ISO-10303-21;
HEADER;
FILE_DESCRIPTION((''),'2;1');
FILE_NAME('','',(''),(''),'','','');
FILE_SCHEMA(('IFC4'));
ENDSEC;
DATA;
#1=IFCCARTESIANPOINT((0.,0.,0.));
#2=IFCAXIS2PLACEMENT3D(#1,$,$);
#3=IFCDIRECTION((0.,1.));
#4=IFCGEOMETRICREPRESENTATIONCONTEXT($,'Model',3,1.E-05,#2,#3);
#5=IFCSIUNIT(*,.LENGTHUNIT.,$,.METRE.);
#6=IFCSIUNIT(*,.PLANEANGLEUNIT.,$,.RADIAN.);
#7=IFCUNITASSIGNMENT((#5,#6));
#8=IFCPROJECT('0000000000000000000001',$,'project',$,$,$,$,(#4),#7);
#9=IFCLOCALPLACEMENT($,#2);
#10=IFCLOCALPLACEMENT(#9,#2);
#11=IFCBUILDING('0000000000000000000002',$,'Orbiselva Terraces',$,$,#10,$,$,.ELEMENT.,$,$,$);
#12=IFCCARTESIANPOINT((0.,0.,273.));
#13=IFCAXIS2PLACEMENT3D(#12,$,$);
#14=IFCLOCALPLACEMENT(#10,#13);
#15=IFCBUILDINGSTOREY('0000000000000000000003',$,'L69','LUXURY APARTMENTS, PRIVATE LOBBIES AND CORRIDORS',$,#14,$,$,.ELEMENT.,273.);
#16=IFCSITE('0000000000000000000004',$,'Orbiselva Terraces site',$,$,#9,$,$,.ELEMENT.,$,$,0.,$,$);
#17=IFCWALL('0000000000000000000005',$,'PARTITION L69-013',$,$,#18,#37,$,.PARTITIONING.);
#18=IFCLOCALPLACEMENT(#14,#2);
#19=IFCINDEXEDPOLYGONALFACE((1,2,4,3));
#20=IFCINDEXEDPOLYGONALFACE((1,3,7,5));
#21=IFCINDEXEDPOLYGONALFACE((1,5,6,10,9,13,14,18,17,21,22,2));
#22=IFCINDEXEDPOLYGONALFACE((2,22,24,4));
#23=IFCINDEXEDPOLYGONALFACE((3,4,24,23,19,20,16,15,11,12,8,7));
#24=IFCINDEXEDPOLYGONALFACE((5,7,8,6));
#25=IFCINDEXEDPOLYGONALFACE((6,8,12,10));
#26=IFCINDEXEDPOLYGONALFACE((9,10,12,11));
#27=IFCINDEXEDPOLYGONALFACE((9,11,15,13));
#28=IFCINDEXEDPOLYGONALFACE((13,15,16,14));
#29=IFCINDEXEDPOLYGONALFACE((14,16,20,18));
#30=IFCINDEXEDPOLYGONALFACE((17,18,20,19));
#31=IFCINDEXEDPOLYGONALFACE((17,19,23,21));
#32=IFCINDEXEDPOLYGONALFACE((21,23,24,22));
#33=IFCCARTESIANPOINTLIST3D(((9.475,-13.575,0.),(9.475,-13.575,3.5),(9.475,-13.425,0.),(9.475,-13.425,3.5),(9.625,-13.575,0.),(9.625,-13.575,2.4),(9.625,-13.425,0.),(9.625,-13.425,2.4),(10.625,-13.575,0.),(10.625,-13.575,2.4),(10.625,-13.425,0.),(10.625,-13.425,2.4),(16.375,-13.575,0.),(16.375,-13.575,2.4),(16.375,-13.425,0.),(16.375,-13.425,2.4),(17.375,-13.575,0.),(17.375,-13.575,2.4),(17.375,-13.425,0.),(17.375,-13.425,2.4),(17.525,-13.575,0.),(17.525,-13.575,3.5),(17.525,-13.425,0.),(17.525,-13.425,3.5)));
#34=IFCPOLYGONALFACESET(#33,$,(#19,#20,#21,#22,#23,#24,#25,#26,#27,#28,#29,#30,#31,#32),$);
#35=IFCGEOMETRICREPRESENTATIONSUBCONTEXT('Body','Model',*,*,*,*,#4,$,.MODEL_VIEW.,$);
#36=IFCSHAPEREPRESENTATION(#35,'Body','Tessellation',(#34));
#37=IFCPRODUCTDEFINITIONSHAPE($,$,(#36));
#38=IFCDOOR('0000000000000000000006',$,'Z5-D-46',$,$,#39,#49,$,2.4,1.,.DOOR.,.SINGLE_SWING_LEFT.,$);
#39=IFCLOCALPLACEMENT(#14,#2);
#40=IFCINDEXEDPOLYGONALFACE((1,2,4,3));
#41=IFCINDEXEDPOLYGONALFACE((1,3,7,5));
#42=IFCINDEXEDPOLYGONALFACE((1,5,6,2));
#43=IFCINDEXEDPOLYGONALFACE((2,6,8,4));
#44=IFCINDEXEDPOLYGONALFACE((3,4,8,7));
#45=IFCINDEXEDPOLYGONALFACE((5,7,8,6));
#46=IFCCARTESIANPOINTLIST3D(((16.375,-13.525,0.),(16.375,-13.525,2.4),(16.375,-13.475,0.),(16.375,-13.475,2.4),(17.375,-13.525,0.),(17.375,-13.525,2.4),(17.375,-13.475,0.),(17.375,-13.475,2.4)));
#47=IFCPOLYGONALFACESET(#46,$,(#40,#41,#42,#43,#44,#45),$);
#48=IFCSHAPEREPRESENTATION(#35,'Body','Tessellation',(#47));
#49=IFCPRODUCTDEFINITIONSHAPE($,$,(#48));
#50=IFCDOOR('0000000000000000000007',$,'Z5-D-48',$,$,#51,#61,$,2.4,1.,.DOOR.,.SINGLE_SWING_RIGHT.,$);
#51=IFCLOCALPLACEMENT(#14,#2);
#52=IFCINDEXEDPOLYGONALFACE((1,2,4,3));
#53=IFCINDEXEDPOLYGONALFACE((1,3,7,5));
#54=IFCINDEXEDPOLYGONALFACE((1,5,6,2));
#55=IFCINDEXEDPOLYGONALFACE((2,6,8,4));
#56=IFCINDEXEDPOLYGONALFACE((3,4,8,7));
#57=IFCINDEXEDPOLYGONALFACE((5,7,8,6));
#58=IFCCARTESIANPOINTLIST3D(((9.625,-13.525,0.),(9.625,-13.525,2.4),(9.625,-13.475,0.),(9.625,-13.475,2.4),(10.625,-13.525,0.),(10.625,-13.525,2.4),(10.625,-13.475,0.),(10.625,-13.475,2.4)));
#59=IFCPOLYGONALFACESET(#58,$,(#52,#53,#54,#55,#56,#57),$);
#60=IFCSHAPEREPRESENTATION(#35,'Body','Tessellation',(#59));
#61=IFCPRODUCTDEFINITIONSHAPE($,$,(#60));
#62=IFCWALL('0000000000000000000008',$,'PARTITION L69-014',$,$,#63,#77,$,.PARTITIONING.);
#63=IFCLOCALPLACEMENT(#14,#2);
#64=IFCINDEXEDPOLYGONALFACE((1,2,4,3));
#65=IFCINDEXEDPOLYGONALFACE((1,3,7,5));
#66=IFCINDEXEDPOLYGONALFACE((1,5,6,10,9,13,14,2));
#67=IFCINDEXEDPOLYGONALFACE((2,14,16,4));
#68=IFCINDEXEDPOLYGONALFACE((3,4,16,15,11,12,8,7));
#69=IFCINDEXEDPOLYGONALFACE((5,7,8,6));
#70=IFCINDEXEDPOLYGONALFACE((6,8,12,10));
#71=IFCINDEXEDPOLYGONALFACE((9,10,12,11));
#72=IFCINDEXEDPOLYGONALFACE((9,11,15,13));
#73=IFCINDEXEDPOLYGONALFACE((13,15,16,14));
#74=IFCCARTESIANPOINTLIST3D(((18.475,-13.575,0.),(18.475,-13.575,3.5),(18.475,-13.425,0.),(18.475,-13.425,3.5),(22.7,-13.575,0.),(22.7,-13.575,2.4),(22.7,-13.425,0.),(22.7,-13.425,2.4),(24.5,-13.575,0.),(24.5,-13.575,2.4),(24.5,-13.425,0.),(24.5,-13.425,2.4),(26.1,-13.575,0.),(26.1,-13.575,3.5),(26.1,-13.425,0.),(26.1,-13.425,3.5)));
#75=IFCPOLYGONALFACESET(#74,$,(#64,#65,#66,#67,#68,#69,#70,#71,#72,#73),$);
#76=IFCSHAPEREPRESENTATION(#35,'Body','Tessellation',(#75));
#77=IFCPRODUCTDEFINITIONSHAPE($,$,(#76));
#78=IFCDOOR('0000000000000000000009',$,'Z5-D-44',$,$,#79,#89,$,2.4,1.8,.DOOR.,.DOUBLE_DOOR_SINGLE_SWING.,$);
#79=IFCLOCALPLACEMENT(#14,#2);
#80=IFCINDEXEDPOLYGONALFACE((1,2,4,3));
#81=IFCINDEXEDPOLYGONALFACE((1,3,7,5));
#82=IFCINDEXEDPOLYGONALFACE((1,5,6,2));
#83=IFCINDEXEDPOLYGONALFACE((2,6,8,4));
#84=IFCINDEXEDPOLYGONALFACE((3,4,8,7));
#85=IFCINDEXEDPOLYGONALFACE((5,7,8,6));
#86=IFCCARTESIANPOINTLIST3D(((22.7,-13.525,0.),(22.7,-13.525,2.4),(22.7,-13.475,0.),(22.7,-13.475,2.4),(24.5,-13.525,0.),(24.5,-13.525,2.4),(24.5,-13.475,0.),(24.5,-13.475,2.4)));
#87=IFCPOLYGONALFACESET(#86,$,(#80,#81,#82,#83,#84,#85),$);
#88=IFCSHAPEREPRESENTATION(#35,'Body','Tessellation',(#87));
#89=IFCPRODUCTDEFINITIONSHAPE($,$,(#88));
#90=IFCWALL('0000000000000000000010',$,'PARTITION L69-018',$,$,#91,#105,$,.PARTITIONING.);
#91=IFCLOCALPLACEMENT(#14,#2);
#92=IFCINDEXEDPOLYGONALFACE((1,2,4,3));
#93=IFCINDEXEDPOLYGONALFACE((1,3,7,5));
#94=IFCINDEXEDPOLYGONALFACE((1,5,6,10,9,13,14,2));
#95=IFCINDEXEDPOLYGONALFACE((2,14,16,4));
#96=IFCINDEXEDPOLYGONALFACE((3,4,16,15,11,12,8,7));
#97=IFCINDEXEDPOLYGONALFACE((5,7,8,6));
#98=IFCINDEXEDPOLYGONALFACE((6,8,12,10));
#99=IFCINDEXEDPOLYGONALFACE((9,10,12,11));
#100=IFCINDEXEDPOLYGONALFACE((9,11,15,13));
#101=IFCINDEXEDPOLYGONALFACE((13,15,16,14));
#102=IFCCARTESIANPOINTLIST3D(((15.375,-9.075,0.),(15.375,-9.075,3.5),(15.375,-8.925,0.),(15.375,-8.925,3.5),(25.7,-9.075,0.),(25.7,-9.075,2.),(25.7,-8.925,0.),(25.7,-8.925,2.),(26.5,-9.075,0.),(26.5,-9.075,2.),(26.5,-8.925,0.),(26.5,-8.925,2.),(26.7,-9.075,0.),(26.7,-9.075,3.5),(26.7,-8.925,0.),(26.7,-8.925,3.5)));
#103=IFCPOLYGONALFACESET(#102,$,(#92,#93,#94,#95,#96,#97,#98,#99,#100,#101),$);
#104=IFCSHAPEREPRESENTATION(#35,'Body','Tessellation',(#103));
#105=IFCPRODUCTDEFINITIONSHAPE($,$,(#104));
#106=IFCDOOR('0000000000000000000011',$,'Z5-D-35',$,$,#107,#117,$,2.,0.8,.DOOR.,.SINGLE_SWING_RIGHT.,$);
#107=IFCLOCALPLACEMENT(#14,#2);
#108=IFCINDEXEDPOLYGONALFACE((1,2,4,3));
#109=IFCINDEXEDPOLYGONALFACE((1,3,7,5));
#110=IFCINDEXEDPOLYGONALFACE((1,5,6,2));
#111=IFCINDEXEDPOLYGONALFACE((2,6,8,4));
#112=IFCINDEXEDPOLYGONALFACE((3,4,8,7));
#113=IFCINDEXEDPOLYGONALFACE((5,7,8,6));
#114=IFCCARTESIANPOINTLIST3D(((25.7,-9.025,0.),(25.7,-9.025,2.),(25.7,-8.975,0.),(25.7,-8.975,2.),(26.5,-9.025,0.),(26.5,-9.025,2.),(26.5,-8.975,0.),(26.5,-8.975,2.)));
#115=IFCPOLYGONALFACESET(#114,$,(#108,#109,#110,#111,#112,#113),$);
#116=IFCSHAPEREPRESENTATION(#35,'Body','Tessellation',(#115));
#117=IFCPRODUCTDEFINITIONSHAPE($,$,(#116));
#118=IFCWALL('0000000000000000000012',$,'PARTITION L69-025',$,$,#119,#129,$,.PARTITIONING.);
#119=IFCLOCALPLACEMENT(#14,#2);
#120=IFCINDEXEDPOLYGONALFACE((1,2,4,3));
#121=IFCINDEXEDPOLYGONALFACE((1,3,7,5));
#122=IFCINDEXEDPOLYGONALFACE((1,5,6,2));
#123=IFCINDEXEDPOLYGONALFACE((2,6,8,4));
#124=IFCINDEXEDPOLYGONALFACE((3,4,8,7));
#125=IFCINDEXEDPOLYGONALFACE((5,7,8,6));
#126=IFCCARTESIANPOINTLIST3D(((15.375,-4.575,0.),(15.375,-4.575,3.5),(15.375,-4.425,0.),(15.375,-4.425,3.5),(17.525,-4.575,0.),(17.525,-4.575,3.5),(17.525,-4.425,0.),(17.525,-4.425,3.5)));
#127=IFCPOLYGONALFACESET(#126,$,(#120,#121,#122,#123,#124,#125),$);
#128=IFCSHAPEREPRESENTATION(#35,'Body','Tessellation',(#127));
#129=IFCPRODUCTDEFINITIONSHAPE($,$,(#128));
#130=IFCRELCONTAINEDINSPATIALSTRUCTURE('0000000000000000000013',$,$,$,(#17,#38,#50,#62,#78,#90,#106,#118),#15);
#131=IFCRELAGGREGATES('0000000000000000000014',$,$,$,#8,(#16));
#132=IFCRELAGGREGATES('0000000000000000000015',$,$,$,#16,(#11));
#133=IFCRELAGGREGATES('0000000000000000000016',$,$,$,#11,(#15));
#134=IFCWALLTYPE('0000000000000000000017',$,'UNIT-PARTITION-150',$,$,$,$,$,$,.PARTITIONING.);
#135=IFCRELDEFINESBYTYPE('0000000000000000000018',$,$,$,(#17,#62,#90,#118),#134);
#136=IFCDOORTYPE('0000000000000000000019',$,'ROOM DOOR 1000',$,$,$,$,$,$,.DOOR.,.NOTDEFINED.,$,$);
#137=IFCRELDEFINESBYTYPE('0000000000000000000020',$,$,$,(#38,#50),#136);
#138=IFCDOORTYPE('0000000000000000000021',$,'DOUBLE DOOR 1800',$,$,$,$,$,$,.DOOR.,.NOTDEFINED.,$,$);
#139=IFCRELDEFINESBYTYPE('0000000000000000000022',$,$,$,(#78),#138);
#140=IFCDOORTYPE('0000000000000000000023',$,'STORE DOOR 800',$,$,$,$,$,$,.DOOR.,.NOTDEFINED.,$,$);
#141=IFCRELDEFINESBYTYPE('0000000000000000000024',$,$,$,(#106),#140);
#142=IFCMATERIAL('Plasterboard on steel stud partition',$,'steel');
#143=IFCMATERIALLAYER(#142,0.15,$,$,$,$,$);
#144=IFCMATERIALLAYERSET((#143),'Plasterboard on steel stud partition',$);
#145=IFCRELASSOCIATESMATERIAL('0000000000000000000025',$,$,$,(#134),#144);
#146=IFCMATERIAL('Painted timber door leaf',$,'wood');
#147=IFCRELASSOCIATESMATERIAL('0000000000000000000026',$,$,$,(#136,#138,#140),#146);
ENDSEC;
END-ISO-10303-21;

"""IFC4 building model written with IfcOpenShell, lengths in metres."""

from ifc_helpers import new_model, si_unit, direction, frame, frame_2d, origin, place, context, subcontext, project, spatial, rectangle, extrude, material, layer, layer_set, type_object, element, fill, save


model = new_model("IFC4")

# Units and contexts
model_context = context("Model", 3, precision=1e-05, world=origin(), true_north=direction((0.0, 1.0)))
body_context = subcontext(model_context, "Body", "Model", "MODEL_VIEW")
ifc_project = project(units=[si_unit("LENGTHUNIT", "METRE"), si_unit("PLANEANGLEUNIT", "RADIAN")], contexts=[model_context])

# Site, building, storey
site_placement = place(None, origin())
site = spatial("IfcSite", under=ifc_project, at=site_placement, Name="Orbiselva Terraces site", CompositionType="ELEMENT", RefElevation=0.0)
building_placement = place(site_placement, origin())
building = spatial("IfcBuilding", under=site, at=building_placement, Name="Orbiselva Terraces", CompositionType="ELEMENT")
storey_placement = place(building_placement, frame((0.0, 0.0, 273.0)))
storey = spatial("IfcBuildingStorey", under=building, at=storey_placement, Name="L69", Description="LUXURY APARTMENTS, PRIVATE LOBBIES AND CORRIDORS", CompositionType="ELEMENT", Elevation=273.0)

# Shared definitions
ifc_material_1 = material(Name="Plasterboard on steel stud partition", Category="steel")

# Wall, openings, doors
ifc_layer_1 = layer(ifc_material_1, 0.15)
ifc_layer_set_1 = layer_set([ifc_layer_1], Name="Plasterboard on steel stud partition")
wall_type_1 = type_object("IfcWallType", Name="UNIT-PARTITION-150", PredefinedType="PARTITIONING", material=ifc_layer_set_1)
wall_1_placement = place(storey_placement, frame((17.525, -13.5, 0.0), z_axis=(0.0, 0.0, 1.0), x_axis=(-1.0, 0.0, 0.0)))
wall_1 = element("IfcWall", 1, at=wall_1_placement, inside=storey, type_object=wall_type_1, Name="PARTITION L69-013", PredefinedType="PARTITIONING", context=body_context, shape_type="SweptSolid", body=[
    extrude(rectangle(XDim=8.05, YDim=0.15, at=frame_2d((4.025, 0.0))), origin(), (0.0, 0.0, 1.0), 3.5),
])
opening_1_placement = place(wall_1_placement, frame((0.15, 0.0, 0.0)))
opening_1 = element("IfcOpeningElement", 2, at=opening_1_placement, cuts=wall_1, PredefinedType="OPENING", context=body_context, shape_type="SweptSolid", body=[
    extrude(rectangle(XDim=1.0, YDim=2.4, at=frame_2d((0.5, 1.2))), frame((0.0, 0.085, 0.0), z_axis=(0.0, -1.0, 0.0), x_axis=(1.0, 0.0, 0.0)), (0.0, 0.0, 1.0), 0.17),
])
opening_2_placement = place(wall_1_placement, frame((6.9, 0.0, 0.0)))
opening_2 = element("IfcOpeningElement", 3, at=opening_2_placement, cuts=wall_1, PredefinedType="OPENING", context=body_context, shape_type="SweptSolid", body=[
    extrude(rectangle(XDim=1.0, YDim=2.4, at=frame_2d((0.5, 1.2))), frame((0.0, 0.085, 0.0), z_axis=(0.0, -1.0, 0.0), x_axis=(1.0, 0.0, 0.0)), (0.0, 0.0, 1.0), 0.17),
])
ifc_material_2 = material(Name="Painted timber door leaf", Category="wood")
door_type_1 = type_object("IfcDoorType", Name="ROOM DOOR 1000", OperationType="NOTDEFINED", PredefinedType="DOOR", material=ifc_material_2)
door_1_placement = place(opening_1_placement, origin())
door_1 = element("IfcDoor", 4, at=door_1_placement, inside=storey, type_object=door_type_1, Name="Z5-D-46", OperationType="SINGLE_SWING_LEFT", OverallHeight=2.4, OverallWidth=1.0, PredefinedType="DOOR", context=body_context, shape_type="SweptSolid", body=[
    extrude(rectangle(XDim=1.0, YDim=2.4, at=frame_2d((0.5, 1.2))), frame((0.0, 0.025, 0.0), z_axis=(0.0, -1.0, 0.0), x_axis=(1.0, 0.0, 0.0)), (0.0, 0.0, 1.0), 0.05),
])
fill(opening_1, door_1)
door_2_placement = place(opening_2_placement, origin())
door_2 = element("IfcDoor", 5, at=door_2_placement, inside=storey, type_object=door_type_1, Name="Z5-D-48", OperationType="SINGLE_SWING_RIGHT", OverallHeight=2.4, OverallWidth=1.0, PredefinedType="DOOR", context=body_context, shape_type="SweptSolid", body=[
    extrude(rectangle(XDim=1.0, YDim=2.4, at=frame_2d((0.5, 1.2))), frame((0.0, 0.025, 0.0), z_axis=(0.0, -1.0, 0.0), x_axis=(1.0, 0.0, 0.0)), (0.0, 0.0, 1.0), 0.05),
])
fill(opening_2, door_2)

# Walls, openings, doors
wall_2_placement = place(storey_placement, frame((26.1, -13.5, 0.0), z_axis=(0.0, 0.0, 1.0), x_axis=(-1.0, 0.0, 0.0)))
wall_2 = element("IfcWall", 6, at=wall_2_placement, inside=storey, type_object=wall_type_1, Name="PARTITION L69-014", PredefinedType="PARTITIONING", context=body_context, shape_type="SweptSolid", body=[
    extrude(rectangle(XDim=7.625, YDim=0.15, at=frame_2d((3.8125, 0.0))), origin(), (0.0, 0.0, 1.0), 3.5),
])
opening_3_placement = place(wall_2_placement, frame((1.6, 0.0, 0.0)))
opening_3 = element("IfcOpeningElement", 7, at=opening_3_placement, cuts=wall_2, PredefinedType="OPENING", context=body_context, shape_type="SweptSolid", body=[
    extrude(rectangle(XDim=1.8, YDim=2.4, at=frame_2d((0.9, 1.2))), frame((0.0, 0.085, 0.0), z_axis=(0.0, -1.0, 0.0), x_axis=(1.0, 0.0, 0.0)), (0.0, 0.0, 1.0), 0.17),
])
door_type_2 = type_object("IfcDoorType", Name="DOUBLE DOOR 1800", OperationType="NOTDEFINED", PredefinedType="DOOR", material=ifc_material_2)
door_3_placement = place(opening_3_placement, origin())
door_3 = element("IfcDoor", 8, at=door_3_placement, inside=storey, type_object=door_type_2, Name="Z5-D-44", OperationType="DOUBLE_DOOR_SINGLE_SWING", OverallHeight=2.4, OverallWidth=1.8, PredefinedType="DOOR", context=body_context, shape_type="SweptSolid", body=[
    extrude(rectangle(XDim=1.8, YDim=2.4, at=frame_2d((0.9, 1.2))), frame((0.0, 0.025, 0.0), z_axis=(0.0, -1.0, 0.0), x_axis=(1.0, 0.0, 0.0)), (0.0, 0.0, 1.0), 0.05),
])
fill(opening_3, door_3)
wall_3_placement = place(storey_placement, frame((15.375, -9.0, 0.0), z_axis=(0.0, 0.0, 1.0), x_axis=(1.0, 0.0, 0.0)))
wall_3 = element("IfcWall", 9, at=wall_3_placement, inside=storey, type_object=wall_type_1, Name="PARTITION L69-018", PredefinedType="PARTITIONING", context=body_context, shape_type="SweptSolid", body=[
    extrude(rectangle(XDim=11.325, YDim=0.15, at=frame_2d((5.6625, 0.0))), origin(), (0.0, 0.0, 1.0), 3.5),
])
opening_4_placement = place(wall_3_placement, frame((10.325, 0.0, 0.0)))
opening_4 = element("IfcOpeningElement", 10, at=opening_4_placement, cuts=wall_3, PredefinedType="OPENING", context=body_context, shape_type="SweptSolid", body=[
    extrude(rectangle(XDim=0.8, YDim=2.0, at=frame_2d((0.4, 1.0))), frame((0.0, 0.085, 0.0), z_axis=(0.0, -1.0, 0.0), x_axis=(1.0, 0.0, 0.0)), (0.0, 0.0, 1.0), 0.17),
])
door_type_3 = type_object("IfcDoorType", Name="STORE DOOR 800", OperationType="NOTDEFINED", PredefinedType="DOOR", material=ifc_material_2)
door_4_placement = place(opening_4_placement, origin())
door_4 = element("IfcDoor", 11, at=door_4_placement, inside=storey, type_object=door_type_3, Name="Z5-D-35", OperationType="SINGLE_SWING_RIGHT", OverallHeight=2.0, OverallWidth=0.8, PredefinedType="DOOR", context=body_context, shape_type="SweptSolid", body=[
    extrude(rectangle(XDim=0.8, YDim=2.0, at=frame_2d((0.4, 1.0))), frame((0.0, 0.025, 0.0), z_axis=(0.0, -1.0, 0.0), x_axis=(1.0, 0.0, 0.0)), (0.0, 0.0, 1.0), 0.05),
])
fill(opening_4, door_4)

# Wall
wall_4_placement = place(storey_placement, frame((15.375, -4.5, 0.0), z_axis=(0.0, 0.0, 1.0), x_axis=(1.0, 0.0, 0.0)))
element("IfcWall", 12, at=wall_4_placement, inside=storey, type_object=wall_type_1, Name="PARTITION L69-025", PredefinedType="PARTITIONING", context=body_context, shape_type="SweptSolid", body=[
    extrude(rectangle(XDim=2.15, YDim=0.15, at=frame_2d((1.075, 0.0))), origin(), (0.0, 0.0, 1.0), 3.5),
])

save(model, "model.ifc")
